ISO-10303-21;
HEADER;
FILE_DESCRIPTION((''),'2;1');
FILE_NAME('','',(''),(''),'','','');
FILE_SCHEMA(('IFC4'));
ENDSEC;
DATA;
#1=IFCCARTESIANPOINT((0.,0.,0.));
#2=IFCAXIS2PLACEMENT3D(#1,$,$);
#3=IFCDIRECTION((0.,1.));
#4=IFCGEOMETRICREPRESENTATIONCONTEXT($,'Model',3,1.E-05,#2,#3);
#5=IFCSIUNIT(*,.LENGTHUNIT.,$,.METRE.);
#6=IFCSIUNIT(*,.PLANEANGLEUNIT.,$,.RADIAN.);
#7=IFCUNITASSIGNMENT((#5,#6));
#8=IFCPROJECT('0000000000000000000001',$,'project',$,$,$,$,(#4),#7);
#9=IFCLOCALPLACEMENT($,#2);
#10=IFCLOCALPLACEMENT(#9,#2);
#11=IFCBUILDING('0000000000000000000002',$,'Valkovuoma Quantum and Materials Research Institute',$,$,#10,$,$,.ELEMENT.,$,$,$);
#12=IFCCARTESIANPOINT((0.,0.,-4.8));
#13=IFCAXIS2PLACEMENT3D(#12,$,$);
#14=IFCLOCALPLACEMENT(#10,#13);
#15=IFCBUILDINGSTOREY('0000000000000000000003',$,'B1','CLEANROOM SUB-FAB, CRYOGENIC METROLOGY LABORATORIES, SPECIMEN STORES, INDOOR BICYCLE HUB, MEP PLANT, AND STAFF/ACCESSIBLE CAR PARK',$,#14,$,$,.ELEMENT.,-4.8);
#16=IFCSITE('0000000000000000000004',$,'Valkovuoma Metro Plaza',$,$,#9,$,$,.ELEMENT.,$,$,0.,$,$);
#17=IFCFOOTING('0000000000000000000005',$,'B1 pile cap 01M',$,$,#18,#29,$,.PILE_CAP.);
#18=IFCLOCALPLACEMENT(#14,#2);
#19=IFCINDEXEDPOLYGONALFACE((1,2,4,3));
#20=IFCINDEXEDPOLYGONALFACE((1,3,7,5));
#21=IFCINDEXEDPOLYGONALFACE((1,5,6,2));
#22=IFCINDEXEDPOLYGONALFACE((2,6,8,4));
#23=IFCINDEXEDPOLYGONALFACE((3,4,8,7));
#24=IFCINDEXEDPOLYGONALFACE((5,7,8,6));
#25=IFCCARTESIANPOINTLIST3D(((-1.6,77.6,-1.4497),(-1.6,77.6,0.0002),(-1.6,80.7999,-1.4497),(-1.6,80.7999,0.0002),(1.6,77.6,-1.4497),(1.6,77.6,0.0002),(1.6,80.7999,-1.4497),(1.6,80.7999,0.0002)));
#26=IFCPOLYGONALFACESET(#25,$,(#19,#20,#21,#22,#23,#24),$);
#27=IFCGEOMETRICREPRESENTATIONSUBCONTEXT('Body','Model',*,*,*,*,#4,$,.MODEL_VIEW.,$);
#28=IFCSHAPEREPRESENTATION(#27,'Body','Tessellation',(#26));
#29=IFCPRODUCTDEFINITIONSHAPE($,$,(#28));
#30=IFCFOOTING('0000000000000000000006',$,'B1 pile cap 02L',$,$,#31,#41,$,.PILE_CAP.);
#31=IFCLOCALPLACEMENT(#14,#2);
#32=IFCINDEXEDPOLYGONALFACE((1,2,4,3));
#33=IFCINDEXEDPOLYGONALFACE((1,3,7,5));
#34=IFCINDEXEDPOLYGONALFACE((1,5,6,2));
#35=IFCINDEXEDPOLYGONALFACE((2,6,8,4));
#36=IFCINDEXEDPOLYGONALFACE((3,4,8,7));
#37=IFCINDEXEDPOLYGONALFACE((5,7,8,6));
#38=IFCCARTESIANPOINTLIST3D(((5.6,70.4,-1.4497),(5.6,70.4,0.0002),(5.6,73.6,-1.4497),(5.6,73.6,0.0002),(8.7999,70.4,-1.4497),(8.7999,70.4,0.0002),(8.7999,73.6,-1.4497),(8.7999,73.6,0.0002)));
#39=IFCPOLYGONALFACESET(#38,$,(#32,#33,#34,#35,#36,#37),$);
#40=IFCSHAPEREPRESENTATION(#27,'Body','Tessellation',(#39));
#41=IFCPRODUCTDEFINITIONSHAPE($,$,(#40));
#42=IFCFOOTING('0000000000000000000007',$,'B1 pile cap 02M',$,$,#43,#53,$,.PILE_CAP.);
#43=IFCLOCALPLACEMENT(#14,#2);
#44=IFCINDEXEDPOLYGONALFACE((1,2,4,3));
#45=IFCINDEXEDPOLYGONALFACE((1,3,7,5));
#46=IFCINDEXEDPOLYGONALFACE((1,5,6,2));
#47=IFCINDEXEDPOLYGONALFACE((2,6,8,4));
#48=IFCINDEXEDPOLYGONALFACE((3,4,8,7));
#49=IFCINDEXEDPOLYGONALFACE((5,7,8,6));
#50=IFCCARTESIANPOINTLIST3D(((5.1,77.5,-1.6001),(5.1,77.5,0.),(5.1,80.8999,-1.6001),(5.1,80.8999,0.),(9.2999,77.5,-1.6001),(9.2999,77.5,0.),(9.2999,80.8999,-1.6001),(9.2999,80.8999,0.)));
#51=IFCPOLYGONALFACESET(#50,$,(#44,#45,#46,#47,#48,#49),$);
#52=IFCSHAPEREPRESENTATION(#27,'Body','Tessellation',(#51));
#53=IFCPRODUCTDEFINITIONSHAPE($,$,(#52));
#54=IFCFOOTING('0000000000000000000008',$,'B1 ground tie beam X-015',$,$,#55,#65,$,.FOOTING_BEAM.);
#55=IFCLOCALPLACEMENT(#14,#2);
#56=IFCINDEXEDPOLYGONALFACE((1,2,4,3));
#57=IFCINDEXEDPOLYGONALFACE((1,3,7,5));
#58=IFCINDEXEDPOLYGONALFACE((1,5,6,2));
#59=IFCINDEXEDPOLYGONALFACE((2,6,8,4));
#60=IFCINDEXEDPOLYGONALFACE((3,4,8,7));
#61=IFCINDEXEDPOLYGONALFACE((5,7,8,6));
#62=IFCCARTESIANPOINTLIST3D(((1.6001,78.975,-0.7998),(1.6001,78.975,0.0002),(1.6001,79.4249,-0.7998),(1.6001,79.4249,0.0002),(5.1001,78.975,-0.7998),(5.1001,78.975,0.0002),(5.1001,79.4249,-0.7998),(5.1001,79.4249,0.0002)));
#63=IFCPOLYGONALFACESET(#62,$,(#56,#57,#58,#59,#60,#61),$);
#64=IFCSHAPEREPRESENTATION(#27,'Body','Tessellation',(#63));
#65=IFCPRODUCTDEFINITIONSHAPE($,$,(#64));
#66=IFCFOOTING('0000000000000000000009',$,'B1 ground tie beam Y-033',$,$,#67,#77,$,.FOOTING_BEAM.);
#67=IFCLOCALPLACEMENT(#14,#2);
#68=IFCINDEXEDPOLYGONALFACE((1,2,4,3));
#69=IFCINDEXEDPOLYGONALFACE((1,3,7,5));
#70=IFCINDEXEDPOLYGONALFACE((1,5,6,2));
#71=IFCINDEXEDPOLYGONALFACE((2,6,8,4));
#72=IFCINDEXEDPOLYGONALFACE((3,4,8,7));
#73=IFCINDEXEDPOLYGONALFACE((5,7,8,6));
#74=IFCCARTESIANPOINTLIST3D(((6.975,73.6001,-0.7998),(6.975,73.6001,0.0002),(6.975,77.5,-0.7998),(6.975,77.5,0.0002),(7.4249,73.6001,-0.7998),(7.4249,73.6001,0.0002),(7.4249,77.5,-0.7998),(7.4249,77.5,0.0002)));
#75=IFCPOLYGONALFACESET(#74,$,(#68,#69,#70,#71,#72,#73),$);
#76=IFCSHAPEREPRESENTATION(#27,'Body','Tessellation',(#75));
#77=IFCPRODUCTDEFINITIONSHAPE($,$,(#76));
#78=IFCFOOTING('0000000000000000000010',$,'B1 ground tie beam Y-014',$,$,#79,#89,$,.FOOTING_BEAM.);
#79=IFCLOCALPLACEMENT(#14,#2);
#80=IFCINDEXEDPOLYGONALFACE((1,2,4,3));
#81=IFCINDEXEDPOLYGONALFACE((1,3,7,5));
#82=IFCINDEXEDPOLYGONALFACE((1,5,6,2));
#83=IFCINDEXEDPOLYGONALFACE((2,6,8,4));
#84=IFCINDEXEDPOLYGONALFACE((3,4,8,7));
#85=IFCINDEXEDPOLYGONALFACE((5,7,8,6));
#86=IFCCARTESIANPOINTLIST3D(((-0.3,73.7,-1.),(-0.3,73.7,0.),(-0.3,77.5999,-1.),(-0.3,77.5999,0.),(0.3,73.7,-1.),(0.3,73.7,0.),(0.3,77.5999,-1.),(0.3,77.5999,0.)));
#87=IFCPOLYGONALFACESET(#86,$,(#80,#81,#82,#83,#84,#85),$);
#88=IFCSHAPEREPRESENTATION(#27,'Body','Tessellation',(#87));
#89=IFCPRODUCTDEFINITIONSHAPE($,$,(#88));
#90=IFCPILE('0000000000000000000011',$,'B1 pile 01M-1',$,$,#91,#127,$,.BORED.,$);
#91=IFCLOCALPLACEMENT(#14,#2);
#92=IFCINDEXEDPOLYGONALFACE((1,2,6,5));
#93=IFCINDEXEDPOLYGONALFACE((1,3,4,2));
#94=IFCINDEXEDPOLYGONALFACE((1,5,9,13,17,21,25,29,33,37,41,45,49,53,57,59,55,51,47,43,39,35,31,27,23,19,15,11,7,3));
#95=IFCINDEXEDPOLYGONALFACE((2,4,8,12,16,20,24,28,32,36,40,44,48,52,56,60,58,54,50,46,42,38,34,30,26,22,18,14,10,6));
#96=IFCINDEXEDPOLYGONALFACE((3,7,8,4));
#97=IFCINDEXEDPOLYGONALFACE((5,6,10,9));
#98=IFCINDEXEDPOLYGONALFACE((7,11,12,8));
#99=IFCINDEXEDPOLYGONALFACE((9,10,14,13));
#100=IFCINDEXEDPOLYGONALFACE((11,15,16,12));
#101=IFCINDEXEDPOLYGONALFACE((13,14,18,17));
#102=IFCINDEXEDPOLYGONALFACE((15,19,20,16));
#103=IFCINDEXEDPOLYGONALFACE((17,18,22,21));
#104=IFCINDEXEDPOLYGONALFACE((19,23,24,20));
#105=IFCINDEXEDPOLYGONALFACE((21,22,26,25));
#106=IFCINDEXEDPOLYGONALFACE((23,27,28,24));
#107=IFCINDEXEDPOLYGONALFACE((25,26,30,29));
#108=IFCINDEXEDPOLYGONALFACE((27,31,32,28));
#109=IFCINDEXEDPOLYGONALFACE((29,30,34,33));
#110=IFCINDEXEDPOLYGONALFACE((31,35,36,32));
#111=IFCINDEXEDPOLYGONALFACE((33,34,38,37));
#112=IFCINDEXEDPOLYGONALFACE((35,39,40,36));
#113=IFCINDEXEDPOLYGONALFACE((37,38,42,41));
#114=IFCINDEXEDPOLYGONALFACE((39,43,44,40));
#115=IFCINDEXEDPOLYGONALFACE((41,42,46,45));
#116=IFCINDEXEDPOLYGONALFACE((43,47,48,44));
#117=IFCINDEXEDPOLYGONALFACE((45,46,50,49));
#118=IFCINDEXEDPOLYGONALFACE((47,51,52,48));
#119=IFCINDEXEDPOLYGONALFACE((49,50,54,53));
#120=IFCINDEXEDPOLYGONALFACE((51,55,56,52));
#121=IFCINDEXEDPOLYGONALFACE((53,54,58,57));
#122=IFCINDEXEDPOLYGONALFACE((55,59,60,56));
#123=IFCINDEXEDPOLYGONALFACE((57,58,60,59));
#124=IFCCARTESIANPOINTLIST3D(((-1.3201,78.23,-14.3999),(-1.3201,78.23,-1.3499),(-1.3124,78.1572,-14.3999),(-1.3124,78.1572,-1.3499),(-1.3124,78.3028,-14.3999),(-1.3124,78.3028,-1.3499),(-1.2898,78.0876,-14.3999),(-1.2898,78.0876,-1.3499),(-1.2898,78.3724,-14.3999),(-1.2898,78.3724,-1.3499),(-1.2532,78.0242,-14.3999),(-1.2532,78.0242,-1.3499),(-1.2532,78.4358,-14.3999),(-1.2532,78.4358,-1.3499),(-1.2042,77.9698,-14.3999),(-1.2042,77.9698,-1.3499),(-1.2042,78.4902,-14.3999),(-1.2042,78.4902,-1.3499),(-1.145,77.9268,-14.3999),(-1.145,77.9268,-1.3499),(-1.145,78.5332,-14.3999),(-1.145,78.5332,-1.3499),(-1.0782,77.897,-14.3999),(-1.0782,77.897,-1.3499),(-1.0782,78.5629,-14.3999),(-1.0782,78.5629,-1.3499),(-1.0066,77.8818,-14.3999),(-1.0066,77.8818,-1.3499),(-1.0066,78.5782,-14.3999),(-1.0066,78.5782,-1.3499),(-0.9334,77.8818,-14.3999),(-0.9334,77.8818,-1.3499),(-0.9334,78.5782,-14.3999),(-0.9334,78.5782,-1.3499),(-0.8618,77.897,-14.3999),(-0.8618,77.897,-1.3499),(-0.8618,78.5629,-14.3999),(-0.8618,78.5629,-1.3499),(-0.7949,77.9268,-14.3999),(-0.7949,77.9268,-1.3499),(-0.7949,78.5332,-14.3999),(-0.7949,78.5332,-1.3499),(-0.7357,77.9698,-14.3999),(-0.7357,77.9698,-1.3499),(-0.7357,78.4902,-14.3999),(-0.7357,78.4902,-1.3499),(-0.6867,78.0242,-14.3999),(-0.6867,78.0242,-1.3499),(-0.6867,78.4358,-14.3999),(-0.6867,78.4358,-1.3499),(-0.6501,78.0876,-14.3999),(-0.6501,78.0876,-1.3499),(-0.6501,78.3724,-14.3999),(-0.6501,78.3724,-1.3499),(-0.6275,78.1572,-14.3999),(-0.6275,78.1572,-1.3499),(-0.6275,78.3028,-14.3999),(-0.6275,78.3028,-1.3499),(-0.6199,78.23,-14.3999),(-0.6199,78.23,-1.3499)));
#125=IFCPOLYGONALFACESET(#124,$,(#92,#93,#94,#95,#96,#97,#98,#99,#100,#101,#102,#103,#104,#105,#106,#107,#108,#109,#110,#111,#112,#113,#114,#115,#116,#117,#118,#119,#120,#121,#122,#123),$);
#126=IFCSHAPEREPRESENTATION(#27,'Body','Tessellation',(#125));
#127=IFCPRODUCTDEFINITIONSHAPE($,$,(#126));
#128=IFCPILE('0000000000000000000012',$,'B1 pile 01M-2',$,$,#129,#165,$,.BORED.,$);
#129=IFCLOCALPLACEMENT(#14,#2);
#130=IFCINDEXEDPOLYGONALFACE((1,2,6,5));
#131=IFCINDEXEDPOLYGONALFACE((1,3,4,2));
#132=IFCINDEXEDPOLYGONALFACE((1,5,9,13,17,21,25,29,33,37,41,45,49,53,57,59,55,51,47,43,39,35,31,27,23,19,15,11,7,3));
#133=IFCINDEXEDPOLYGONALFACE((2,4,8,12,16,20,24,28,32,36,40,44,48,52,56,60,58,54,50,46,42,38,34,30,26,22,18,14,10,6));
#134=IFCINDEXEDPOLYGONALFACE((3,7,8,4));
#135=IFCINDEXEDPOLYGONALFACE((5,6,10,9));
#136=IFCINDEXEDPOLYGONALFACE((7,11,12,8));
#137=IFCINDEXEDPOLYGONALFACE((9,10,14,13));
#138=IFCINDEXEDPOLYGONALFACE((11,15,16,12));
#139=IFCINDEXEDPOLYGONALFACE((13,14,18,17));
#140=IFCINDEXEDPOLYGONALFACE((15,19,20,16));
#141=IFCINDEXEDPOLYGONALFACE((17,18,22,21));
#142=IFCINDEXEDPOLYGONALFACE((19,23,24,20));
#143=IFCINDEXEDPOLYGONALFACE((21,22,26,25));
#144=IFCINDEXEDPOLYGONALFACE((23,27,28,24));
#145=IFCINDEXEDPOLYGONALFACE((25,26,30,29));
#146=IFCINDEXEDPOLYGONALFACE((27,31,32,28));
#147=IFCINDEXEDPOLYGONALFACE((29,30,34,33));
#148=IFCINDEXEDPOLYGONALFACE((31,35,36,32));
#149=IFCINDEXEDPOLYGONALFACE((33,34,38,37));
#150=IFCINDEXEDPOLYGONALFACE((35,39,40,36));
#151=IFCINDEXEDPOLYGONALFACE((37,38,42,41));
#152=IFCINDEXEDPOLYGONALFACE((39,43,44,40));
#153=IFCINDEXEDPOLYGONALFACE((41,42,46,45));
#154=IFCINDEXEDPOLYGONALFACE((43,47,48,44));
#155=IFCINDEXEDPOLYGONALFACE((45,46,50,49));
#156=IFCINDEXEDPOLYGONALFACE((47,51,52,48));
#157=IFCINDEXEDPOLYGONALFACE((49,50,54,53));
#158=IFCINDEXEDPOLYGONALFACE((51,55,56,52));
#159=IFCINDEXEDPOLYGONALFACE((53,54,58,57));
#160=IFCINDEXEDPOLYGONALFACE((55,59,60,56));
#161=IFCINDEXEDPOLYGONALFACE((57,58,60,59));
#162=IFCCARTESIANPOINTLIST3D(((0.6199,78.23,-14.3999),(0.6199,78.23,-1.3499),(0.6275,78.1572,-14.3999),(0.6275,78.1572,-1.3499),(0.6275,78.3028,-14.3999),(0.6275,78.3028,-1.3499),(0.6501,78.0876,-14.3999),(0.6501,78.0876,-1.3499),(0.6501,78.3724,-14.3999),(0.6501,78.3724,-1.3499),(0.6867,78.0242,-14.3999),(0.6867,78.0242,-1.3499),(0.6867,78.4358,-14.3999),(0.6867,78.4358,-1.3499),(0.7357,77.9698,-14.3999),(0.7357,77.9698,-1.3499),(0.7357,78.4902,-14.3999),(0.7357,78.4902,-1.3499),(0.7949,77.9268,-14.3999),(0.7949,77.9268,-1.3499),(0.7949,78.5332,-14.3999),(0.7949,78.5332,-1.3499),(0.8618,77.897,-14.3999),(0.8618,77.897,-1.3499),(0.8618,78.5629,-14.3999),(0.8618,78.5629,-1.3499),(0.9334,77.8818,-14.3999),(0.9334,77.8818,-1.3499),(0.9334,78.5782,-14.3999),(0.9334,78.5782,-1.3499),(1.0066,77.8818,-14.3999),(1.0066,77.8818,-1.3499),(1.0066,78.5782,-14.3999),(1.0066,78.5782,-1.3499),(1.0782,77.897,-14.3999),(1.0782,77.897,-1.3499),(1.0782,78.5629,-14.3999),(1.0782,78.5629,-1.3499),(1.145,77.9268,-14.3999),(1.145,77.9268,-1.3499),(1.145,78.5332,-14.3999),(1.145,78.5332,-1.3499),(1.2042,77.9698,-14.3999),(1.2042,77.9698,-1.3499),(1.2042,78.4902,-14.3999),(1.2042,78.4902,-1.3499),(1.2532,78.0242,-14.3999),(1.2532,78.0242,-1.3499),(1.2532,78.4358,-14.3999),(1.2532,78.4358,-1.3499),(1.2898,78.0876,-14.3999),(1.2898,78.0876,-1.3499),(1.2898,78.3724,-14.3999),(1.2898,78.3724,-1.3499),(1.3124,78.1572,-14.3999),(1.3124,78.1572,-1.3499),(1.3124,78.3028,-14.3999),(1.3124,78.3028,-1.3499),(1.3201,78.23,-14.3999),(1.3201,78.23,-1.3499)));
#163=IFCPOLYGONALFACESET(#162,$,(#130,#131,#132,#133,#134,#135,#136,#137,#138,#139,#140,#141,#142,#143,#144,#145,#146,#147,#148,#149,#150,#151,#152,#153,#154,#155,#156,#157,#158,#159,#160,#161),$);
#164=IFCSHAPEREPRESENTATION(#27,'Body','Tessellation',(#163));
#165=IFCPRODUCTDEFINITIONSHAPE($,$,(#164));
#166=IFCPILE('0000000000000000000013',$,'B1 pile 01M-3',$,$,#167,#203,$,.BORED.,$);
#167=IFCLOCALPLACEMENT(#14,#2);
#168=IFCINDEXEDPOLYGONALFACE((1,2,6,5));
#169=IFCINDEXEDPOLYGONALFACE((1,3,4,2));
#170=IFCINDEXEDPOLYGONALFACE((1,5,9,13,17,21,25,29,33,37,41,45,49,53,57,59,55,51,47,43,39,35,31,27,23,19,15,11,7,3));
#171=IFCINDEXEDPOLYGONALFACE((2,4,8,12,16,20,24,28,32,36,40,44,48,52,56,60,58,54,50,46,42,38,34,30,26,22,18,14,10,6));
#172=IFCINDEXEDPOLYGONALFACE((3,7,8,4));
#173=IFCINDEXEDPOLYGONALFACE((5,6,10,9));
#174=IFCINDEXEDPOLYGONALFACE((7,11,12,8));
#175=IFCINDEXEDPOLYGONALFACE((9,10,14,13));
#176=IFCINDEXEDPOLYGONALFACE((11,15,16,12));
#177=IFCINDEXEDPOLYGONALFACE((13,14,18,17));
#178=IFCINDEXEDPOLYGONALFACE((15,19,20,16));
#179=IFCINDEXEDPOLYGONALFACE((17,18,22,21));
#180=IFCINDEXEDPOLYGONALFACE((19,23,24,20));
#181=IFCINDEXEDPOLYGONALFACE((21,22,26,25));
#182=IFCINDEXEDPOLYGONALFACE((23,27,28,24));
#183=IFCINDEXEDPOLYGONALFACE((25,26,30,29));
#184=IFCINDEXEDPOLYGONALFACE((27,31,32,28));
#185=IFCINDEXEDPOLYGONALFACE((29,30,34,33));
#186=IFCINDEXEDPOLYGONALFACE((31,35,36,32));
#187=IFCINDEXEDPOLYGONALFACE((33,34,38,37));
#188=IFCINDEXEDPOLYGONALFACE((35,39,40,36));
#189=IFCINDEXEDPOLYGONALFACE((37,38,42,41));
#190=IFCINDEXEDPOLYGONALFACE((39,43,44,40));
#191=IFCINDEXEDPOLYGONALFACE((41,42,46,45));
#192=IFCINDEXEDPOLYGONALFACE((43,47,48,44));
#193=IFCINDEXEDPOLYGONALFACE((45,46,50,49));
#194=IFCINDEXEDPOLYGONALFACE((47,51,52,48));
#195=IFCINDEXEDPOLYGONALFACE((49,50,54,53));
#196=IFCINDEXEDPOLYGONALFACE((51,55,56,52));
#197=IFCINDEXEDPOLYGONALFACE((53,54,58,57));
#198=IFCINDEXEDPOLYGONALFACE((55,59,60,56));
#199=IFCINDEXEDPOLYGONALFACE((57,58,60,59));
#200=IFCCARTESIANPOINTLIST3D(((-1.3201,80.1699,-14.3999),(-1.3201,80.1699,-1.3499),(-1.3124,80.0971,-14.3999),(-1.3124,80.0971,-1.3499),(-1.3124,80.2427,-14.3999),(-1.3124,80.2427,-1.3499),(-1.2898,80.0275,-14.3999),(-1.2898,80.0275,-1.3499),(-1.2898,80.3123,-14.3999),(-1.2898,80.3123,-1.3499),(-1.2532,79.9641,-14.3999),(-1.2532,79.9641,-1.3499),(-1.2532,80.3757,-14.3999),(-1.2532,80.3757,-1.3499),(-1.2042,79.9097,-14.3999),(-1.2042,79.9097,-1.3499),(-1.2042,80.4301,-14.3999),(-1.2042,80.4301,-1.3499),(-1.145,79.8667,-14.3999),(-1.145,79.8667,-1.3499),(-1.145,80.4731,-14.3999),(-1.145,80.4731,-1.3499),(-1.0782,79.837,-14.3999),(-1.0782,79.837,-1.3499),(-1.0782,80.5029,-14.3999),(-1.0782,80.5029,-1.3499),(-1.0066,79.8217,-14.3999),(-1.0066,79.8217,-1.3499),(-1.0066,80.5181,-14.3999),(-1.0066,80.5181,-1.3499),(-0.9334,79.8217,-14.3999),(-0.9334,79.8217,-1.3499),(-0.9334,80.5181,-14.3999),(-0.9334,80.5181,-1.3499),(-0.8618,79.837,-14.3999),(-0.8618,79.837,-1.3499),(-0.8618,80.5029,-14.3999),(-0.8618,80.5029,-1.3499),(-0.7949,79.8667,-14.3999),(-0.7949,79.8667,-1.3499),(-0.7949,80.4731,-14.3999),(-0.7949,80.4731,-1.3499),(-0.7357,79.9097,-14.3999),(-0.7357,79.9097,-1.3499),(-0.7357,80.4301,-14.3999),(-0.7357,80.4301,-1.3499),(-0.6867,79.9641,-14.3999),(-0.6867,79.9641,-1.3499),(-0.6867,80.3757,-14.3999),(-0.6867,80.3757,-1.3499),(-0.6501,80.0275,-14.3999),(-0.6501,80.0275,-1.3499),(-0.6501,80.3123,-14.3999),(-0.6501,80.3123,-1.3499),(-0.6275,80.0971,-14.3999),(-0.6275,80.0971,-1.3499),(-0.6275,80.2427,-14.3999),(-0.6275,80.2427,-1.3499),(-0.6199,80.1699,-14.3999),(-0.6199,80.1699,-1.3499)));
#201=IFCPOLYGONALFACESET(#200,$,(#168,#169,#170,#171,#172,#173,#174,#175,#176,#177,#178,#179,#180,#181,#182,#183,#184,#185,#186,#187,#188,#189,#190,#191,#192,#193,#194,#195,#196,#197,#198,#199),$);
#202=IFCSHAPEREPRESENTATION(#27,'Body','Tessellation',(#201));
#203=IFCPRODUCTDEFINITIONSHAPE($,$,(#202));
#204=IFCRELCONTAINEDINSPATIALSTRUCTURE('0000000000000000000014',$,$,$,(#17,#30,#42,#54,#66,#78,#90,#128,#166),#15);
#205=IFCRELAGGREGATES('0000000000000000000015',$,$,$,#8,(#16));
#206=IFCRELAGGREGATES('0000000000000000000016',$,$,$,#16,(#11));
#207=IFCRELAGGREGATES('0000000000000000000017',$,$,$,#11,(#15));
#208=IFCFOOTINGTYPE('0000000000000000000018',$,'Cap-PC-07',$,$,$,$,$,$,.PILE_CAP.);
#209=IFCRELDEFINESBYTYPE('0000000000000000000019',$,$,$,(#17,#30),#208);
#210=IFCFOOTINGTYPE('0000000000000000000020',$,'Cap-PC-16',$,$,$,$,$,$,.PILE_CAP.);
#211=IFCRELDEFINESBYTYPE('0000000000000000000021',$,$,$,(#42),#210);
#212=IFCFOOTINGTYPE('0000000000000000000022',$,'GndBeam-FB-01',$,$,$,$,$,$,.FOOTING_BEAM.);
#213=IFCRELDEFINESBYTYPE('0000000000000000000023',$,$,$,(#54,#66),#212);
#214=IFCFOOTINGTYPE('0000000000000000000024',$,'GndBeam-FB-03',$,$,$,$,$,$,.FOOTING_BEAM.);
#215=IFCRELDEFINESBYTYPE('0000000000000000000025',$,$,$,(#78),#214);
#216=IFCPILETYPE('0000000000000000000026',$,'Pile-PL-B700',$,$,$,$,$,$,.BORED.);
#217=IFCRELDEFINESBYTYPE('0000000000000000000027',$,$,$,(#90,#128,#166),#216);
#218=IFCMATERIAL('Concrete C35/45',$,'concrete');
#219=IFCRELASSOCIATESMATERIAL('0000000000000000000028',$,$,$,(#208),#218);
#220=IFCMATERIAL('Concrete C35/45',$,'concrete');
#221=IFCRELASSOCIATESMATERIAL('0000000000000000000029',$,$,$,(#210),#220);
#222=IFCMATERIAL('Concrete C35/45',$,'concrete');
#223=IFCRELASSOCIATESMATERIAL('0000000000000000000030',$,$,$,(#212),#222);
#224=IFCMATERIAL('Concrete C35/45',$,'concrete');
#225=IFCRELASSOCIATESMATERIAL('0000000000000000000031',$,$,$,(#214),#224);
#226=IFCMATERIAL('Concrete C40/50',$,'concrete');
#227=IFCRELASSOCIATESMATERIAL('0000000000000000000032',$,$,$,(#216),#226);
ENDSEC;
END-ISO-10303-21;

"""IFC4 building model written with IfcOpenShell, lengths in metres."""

from ifc_helpers import new_model, si_unit, direction, frame, origin, origin_2d, place, context, subcontext, project, spatial, rectangle, circle, extrude, material, material_profile, profile_set, type_object, element, save


model = new_model("IFC4")

# Units and contexts
model_context = context("Model", 3, precision=1e-05, world=origin(), true_north=direction((0.0, 1.0)))
body_context = subcontext(model_context, "Body", "Model", "MODEL_VIEW")
ifc_project = project(units=[si_unit("LENGTHUNIT", "METRE"), si_unit("PLANEANGLEUNIT", "RADIAN")], contexts=[model_context])

# Site, building, storey
site_placement = place(None, origin())
site = spatial("IfcSite", under=ifc_project, at=site_placement, Name="Valkovuoma Metro Plaza", CompositionType="ELEMENT", RefElevation=0.0)
building_placement = place(site_placement, origin())
building = spatial("IfcBuilding", under=site, at=building_placement, Name="Valkovuoma Quantum and Materials Research Institute", CompositionType="ELEMENT")
storey_placement = place(building_placement, frame((0.0, 0.0, -4.8)))
storey = spatial("IfcBuildingStorey", under=building, at=storey_placement, Name="B1", Description="CLEANROOM SUB-FAB, CRYOGENIC METROLOGY LABORATORIES, SPECIMEN STORES, INDOOR BICYCLE HUB, MEP PLANT, AND STAFF/ACCESSIBLE CAR PARK", CompositionType="ELEMENT", Elevation=-4.8)

# Footings
ifc_material_1 = material(Name="Concrete C35/45", Category="concrete")
footing_type_1 = type_object("IfcFootingType", Name="Cap-PC-07", PredefinedType="PILE_CAP", material=ifc_material_1)
for number, where, z_axis, x_axis, name in (
    (1, (0.0, 79.2, -1.4497), (0.0, 0.0, 1.0), (1.0, 0.0, 0.0), "B1 pile cap 01M"),
    (2, (7.2, 72.0, -1.4497), (0.0, 0.0, 1.0), (1.0, 0.0, 0.0), "B1 pile cap 02L"),
):
    element("IfcFooting", number, at=place(storey_placement, frame(where, z_axis=z_axis, x_axis=x_axis)), inside=storey, type_object=footing_type_1, Name=name, PredefinedType="PILE_CAP", context=body_context, shape_type="SweptSolid", body=[
        extrude(rectangle(XDim=3.2, YDim=3.2, at=origin_2d()), origin(), (0.0, 0.0, 1.0), 1.45),
    ])
ifc_material_2 = material(Name="Concrete C35/45", Category="concrete")
footing_type_2 = type_object("IfcFootingType", Name="Cap-PC-16", PredefinedType="PILE_CAP", material=ifc_material_2)
footing_1_placement = place(storey_placement, frame((7.2, 79.2, -1.6001), z_axis=(0.0, 0.0, 1.0), x_axis=(1.0, 0.0, 0.0)))
element("IfcFooting", 3, at=footing_1_placement, inside=storey, type_object=footing_type_2, Name="B1 pile cap 02M", PredefinedType="PILE_CAP", context=body_context, shape_type="SweptSolid", body=[
    extrude(rectangle(XDim=4.2, YDim=3.3999, at=origin_2d()), origin(), (0.0, 0.0, 1.0), 1.6001),
])
ifc_material_3 = material(Name="Concrete C35/45", Category="concrete")
footing_type_3 = type_object("IfcFootingType", Name="GndBeam-FB-01", PredefinedType="FOOTING_BEAM", material=ifc_material_3)
footing_2_placement = place(storey_placement, frame((3.3501, 79.2, -0.7998), z_axis=(0.0, 0.0, 1.0), x_axis=(1.0, 0.0, 0.0)))
element("IfcFooting", 4, at=footing_2_placement, inside=storey, type_object=footing_type_3, Name="B1 ground tie beam X-015", PredefinedType="FOOTING_BEAM", context=body_context, shape_type="SweptSolid", body=[
    extrude(rectangle(XDim=3.5, YDim=0.45, at=origin_2d()), origin(), (0.0, 0.0, 1.0), 0.8),
])
footing_3_placement = place(storey_placement, frame((7.2, 75.55, -0.7998), z_axis=(0.0, 0.0, 1.0), x_axis=(0.0, 1.0, 0.0)))
element("IfcFooting", 5, at=footing_3_placement, inside=storey, type_object=footing_type_3, Name="B1 ground tie beam Y-033", PredefinedType="FOOTING_BEAM", context=body_context, shape_type="SweptSolid", body=[
    extrude(rectangle(XDim=3.8999, YDim=0.45, at=origin_2d()), origin(), (0.0, 0.0, 1.0), 0.8),
])
ifc_material_4 = material(Name="Concrete C35/45", Category="concrete")
footing_type_4 = type_object("IfcFootingType", Name="GndBeam-FB-03", PredefinedType="FOOTING_BEAM", material=ifc_material_4)
footing_4_placement = place(storey_placement, frame((0.0, 75.6499, -1.0), z_axis=(0.0, 0.0, 1.0), x_axis=(0.0, 1.0, 0.0)))
element("IfcFooting", 6, at=footing_4_placement, inside=storey, type_object=footing_type_4, Name="B1 ground tie beam Y-014", PredefinedType="FOOTING_BEAM", context=body_context, shape_type="SweptSolid", body=[
    extrude(rectangle(XDim=3.8999, YDim=0.6001, at=origin_2d()), origin(), (0.0, 0.0, 1.0), 1.0),
])

# Piles
ifc_material_5 = material(Name="Concrete C40/50", Category="concrete")
ifc_material_profile_1 = material_profile(ifc_material_5, circle(Radius=0.3501, at=origin_2d()), Name="Concrete C40/50")
ifc_profile_set_1 = profile_set([ifc_material_profile_1], Name="Concrete C40/50")
pile_type_1 = type_object("IfcPileType", Name="Pile-PL-B700", PredefinedType="BORED", material=ifc_profile_set_1)
for number, where, z_axis, x_axis, name in (
    (7, (-0.97, 78.23, -1.3499), (0.0, 0.0, -1.0), (1.0, 0.0, 0.0), "B1 pile 01M-1"),
    (8, (0.97, 78.23, -1.3499), (0.0, 0.0, -1.0), (1.0, 0.0, 0.0), "B1 pile 01M-2"),
    (9, (-0.97, 80.1699, -1.3499), (0.0, 0.0, -1.0), (1.0, 0.0, 0.0), "B1 pile 01M-3"),
):
    element("IfcPile", number, at=place(storey_placement, frame(where, z_axis=z_axis, x_axis=x_axis)), inside=storey, type_object=pile_type_1, Name=name, PredefinedType="BORED", context=body_context, shape_type="SweptSolid", body=[
        extrude(circle(Radius=0.3501, at=origin_2d()), origin(), (0.0, 0.0, 1.0), 13.05),
    ])

save(model, "model.ifc")
